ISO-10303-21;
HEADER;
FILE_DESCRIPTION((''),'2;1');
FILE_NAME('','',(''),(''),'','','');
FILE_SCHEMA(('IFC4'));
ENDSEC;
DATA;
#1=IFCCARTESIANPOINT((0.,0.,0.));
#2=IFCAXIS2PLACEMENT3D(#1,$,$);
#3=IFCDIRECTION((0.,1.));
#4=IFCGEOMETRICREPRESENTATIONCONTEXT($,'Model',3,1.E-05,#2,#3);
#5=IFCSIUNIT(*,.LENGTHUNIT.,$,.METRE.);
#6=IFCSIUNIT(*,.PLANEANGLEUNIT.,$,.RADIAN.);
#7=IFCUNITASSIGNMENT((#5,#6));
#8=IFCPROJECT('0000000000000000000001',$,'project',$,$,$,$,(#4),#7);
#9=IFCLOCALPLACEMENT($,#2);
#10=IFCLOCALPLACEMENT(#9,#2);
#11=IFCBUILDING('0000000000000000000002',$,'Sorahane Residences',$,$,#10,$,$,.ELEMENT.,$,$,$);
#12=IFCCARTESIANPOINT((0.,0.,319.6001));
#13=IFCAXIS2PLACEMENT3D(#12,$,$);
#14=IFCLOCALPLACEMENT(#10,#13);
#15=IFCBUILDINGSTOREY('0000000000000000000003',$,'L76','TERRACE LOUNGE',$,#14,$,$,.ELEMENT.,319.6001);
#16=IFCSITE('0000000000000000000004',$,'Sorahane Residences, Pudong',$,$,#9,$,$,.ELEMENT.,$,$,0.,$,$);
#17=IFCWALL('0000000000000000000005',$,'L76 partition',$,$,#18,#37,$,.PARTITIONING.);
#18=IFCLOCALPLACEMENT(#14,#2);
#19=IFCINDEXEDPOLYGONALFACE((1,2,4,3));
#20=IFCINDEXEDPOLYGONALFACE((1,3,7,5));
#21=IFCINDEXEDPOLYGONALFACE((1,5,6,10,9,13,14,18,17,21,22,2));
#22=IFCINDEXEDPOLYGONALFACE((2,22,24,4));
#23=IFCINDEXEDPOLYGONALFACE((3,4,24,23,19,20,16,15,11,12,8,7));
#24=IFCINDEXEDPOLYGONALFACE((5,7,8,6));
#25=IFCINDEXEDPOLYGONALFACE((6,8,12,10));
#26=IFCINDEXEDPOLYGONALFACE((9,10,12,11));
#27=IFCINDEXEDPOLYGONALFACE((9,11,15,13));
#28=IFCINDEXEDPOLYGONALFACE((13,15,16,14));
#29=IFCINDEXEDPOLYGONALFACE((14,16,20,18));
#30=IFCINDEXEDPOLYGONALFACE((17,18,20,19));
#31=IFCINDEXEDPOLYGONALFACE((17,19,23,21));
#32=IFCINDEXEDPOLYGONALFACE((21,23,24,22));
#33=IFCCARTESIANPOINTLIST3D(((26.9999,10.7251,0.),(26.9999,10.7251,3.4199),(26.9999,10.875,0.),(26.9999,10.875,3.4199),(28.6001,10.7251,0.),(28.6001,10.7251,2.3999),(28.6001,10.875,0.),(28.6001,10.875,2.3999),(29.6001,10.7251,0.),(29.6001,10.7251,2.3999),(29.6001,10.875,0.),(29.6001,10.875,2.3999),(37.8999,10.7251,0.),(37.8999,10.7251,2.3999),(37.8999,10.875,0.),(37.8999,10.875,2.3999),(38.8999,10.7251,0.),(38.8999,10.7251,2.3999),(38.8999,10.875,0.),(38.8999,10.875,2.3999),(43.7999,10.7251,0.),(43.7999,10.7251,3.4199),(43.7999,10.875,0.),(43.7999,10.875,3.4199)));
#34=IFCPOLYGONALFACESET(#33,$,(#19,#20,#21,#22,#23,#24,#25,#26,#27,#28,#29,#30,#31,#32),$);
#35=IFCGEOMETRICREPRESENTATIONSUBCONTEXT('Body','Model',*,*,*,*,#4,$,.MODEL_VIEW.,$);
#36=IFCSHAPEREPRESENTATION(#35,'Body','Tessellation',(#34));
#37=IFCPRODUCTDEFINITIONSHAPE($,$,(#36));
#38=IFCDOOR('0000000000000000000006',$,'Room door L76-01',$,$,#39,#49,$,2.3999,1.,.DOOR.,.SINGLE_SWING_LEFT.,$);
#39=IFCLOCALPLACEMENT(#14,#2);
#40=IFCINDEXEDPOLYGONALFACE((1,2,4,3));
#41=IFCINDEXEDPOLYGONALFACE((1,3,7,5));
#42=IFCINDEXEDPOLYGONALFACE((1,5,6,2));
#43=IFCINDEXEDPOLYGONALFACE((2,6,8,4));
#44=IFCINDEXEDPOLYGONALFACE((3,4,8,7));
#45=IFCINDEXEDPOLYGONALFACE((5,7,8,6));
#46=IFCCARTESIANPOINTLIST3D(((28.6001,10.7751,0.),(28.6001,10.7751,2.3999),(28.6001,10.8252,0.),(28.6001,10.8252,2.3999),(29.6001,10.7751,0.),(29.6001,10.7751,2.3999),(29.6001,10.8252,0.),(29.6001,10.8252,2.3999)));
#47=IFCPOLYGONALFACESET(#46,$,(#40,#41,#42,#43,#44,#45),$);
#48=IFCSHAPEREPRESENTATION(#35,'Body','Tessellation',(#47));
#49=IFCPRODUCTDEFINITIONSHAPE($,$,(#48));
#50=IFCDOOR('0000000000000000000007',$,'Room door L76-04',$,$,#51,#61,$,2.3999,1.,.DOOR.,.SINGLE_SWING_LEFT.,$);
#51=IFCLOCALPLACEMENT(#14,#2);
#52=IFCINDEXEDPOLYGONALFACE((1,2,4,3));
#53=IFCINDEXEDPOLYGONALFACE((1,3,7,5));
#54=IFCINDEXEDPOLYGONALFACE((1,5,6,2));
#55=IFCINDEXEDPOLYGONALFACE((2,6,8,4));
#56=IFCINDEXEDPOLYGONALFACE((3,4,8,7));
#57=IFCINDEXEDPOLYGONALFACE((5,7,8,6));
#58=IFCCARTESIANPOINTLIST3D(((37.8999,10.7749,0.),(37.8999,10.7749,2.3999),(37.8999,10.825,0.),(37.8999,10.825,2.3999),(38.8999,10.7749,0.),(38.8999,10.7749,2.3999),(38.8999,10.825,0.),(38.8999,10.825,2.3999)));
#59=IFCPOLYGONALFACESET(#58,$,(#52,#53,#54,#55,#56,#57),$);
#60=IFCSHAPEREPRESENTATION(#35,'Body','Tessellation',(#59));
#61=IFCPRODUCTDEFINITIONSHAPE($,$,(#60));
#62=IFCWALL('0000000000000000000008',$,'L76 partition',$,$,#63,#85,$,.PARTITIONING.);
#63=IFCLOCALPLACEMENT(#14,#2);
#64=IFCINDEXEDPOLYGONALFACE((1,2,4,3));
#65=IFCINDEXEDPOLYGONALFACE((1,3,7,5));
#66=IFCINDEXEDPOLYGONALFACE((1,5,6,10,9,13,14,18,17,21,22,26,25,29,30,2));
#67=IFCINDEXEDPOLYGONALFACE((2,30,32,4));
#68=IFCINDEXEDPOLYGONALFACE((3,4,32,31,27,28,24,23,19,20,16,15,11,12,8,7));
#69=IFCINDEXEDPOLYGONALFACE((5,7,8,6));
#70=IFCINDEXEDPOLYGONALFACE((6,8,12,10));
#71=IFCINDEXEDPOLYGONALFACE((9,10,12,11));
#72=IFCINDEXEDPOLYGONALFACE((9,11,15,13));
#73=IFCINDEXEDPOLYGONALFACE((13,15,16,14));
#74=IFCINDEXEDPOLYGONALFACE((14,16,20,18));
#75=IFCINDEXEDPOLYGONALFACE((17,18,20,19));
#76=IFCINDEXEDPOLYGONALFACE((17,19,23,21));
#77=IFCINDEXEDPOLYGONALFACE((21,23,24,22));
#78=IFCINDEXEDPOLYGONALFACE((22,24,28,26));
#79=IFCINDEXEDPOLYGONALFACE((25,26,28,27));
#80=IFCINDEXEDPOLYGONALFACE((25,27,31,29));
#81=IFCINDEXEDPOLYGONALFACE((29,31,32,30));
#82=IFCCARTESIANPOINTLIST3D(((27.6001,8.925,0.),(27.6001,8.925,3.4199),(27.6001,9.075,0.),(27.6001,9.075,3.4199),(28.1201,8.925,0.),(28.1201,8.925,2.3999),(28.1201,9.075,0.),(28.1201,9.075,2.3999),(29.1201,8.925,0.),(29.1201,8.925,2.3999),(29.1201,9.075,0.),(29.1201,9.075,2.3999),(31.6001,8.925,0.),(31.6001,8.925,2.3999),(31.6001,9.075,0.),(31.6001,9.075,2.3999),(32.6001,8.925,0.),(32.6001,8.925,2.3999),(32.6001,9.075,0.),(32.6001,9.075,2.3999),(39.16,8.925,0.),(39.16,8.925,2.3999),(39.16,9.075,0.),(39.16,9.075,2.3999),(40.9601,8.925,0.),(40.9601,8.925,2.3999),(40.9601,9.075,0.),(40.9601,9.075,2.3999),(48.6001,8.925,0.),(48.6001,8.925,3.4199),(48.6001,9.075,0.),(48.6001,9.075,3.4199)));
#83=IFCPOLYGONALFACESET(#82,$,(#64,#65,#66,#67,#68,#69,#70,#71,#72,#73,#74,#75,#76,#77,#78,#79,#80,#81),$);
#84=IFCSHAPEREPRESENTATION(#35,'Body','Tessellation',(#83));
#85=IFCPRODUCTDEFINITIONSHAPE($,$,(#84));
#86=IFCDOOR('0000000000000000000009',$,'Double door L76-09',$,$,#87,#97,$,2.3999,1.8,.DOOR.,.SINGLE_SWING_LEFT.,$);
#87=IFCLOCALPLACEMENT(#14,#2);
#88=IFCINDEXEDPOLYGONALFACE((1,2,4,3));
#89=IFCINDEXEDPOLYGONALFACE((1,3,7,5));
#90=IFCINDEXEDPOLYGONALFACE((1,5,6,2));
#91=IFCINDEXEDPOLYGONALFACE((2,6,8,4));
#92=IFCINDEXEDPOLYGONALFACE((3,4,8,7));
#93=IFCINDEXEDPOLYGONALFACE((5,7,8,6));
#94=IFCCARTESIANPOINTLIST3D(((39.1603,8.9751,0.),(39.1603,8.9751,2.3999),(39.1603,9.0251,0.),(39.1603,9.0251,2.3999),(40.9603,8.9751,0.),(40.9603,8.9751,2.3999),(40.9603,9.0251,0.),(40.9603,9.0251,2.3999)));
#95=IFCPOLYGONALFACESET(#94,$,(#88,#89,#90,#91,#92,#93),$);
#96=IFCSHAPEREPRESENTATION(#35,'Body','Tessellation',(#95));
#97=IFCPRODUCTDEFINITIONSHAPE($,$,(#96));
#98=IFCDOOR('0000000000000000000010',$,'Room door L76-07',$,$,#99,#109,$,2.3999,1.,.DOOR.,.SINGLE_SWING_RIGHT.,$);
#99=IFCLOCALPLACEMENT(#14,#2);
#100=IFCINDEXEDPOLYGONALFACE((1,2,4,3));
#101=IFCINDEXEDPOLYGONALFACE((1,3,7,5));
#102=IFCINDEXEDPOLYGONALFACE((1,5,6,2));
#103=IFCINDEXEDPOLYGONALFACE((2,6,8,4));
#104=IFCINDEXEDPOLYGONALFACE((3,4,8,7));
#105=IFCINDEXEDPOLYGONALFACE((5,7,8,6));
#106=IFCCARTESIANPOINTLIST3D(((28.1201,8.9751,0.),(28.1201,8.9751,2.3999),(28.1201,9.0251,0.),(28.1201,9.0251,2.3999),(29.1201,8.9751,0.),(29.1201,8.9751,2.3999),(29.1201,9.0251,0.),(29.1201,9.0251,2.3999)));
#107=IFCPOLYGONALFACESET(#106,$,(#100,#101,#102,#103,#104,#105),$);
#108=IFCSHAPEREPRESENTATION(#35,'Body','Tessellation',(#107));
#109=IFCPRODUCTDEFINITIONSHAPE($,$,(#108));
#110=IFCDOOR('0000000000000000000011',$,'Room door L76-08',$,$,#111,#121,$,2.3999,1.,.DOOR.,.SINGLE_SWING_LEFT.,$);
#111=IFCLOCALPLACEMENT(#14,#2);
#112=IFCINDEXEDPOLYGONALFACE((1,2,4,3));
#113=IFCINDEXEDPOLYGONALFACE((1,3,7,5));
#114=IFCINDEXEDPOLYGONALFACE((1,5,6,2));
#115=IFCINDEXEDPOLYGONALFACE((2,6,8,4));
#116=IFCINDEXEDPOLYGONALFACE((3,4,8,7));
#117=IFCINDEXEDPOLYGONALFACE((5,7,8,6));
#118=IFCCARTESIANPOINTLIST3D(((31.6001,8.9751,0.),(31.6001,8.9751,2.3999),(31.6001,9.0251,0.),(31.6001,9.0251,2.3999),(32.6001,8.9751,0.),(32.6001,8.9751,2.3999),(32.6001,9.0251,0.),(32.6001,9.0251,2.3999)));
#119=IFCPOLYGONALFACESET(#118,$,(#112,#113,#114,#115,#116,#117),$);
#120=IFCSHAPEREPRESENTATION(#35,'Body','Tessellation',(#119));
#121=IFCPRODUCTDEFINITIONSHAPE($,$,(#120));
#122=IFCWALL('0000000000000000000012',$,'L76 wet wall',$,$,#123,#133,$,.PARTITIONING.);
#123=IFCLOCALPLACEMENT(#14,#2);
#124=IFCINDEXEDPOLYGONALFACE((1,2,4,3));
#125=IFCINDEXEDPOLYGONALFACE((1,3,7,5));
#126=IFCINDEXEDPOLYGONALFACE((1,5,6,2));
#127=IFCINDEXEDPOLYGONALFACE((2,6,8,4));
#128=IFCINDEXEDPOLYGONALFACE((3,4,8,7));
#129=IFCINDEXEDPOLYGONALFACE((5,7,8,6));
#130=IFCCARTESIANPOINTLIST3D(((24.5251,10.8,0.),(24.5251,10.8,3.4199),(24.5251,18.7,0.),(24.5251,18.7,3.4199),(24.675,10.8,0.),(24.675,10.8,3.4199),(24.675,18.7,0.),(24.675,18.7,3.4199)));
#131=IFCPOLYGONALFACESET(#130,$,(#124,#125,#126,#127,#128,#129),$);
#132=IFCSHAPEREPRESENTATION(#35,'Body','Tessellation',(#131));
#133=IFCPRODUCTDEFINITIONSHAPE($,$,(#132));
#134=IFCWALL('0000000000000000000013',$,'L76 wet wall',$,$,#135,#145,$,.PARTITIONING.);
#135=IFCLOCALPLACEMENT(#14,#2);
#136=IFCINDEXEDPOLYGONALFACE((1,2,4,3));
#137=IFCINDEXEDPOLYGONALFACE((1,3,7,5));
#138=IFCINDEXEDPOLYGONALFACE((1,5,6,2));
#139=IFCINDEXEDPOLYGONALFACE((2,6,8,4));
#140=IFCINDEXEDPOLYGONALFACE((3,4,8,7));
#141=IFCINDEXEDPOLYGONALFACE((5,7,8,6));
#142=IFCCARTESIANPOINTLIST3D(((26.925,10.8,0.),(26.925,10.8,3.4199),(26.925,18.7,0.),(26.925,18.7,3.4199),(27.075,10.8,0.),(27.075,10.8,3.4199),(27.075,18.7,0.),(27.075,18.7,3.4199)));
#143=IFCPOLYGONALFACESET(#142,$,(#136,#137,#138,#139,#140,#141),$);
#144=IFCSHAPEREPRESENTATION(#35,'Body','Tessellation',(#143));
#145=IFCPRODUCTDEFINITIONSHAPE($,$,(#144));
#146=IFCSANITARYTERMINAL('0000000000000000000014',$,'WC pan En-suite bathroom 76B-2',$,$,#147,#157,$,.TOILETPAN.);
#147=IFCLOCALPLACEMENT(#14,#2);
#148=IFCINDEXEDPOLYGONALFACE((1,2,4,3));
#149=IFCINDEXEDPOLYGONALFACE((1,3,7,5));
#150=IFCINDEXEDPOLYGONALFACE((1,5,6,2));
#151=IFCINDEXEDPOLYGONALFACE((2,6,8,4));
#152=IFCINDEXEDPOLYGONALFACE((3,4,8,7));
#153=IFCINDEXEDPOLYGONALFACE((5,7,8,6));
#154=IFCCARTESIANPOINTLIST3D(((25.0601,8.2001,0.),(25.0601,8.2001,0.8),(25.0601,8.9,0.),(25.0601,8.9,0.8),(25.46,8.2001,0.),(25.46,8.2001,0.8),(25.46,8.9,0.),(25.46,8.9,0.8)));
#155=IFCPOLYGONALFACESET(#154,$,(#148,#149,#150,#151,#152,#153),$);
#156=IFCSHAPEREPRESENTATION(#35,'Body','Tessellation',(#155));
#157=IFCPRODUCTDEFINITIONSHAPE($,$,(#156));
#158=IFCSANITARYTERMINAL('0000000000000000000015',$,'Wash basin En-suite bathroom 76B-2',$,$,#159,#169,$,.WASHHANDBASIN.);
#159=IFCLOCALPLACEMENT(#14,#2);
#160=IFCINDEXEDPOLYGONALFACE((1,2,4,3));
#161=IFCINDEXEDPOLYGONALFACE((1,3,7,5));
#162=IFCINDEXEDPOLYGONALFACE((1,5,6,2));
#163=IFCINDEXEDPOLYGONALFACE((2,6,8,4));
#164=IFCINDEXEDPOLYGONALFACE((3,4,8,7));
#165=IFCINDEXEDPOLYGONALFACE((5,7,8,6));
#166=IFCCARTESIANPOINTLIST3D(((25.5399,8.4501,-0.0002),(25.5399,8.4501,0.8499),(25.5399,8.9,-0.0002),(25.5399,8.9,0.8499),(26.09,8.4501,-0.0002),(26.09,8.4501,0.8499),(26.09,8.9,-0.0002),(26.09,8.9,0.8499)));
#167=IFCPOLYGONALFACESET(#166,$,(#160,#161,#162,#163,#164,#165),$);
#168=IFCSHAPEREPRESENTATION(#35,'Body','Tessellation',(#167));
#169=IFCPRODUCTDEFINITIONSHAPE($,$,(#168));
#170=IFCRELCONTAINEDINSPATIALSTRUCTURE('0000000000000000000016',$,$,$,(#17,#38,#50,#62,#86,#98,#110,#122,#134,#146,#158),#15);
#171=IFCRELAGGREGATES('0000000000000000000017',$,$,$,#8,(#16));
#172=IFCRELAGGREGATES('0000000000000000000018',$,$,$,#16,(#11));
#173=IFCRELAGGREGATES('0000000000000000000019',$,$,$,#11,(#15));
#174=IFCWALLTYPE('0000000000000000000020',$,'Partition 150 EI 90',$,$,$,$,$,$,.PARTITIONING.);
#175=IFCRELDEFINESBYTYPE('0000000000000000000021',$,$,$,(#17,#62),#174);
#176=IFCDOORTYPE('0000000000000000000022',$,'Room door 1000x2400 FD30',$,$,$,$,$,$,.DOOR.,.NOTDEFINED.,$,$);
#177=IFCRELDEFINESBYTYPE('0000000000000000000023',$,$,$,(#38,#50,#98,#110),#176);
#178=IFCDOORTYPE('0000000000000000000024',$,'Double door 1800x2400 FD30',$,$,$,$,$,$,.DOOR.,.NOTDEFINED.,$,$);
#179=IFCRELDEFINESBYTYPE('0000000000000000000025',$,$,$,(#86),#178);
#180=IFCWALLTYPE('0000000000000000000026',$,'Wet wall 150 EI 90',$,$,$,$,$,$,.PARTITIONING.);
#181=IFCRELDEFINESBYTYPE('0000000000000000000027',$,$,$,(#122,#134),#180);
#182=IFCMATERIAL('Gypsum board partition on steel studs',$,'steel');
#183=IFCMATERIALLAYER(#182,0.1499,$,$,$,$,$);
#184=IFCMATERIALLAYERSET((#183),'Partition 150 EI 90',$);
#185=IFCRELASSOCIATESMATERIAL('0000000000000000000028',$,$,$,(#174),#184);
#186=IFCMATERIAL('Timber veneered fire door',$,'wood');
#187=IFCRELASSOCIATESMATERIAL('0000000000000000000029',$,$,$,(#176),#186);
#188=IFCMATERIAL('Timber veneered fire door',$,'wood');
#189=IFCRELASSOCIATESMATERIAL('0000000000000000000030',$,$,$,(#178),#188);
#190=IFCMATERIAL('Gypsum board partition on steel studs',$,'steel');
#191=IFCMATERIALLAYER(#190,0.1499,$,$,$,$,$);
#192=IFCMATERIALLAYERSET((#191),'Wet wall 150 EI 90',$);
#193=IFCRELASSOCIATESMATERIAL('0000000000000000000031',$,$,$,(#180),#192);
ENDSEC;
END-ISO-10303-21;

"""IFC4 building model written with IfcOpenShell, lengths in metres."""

from ifc_helpers import new_model, si_unit, direction, frame, frame_2d, origin, origin_2d, place, context, subcontext, project, spatial, rectangle, extrude, material, layer, layer_set, type_object, element, fill, save


model = new_model("IFC4")

# Units and contexts
model_context = context("Model", 3, precision=1e-05, world=origin(), true_north=direction((0.0, 1.0)))
body_context = subcontext(model_context, "Body", "Model", "MODEL_VIEW")
ifc_project = project(units=[si_unit("LENGTHUNIT", "METRE"), si_unit("PLANEANGLEUNIT", "RADIAN")], contexts=[model_context])

# Site, building, storey
site_placement = place(None, origin())
site = spatial("IfcSite", under=ifc_project, at=site_placement, Name="Sorahane Residences, Pudong", CompositionType="ELEMENT", RefElevation=0.0)
building_placement = place(site_placement, origin())
building = spatial("IfcBuilding", under=site, at=building_placement, Name="Sorahane Residences", CompositionType="ELEMENT")
storey_placement = place(building_placement, frame((0.0, 0.0, 319.6001)))
storey = spatial("IfcBuildingStorey", under=building, at=storey_placement, Name="L76", Description="TERRACE LOUNGE", CompositionType="ELEMENT", Elevation=319.6001)

# Shared definitions
ifc_material_1 = material(Name="Gypsum board partition on steel studs", Category="steel")
ifc_layer_1 = layer(ifc_material_1, 0.1499)
ifc_layer_set_1 = layer_set([ifc_layer_1], Name="Partition 150 EI 90")
wall_type_1 = type_object("IfcWallType", Name="Partition 150 EI 90", PredefinedType="PARTITIONING", material=ifc_layer_set_1)

# Walls, openings, doors
wall_1_placement = place(storey_placement, frame((27.0, 10.8, 0.0), z_axis=(0.0, 0.0, 1.0), x_axis=(1.0, 0.0, 0.0)))
wall_1 = element("IfcWall", 1, at=wall_1_placement, inside=storey, type_object=wall_type_1, Name="L76 partition", PredefinedType="PARTITIONING", context=body_context, shape_type="SweptSolid", body=[
    extrude(rectangle(XDim=16.8, YDim=0.1499, at=frame_2d((8.3999, 0.0))), origin(), (0.0, 0.0, 1.0), 3.4199),
])
opening_1_placement = place(wall_1_placement, frame((1.6001, 0.0, 0.0)))
opening_1 = element("IfcOpeningElement", 2, at=opening_1_placement, cuts=wall_1, PredefinedType="OPENING", context=body_context, shape_type="SweptSolid", body=[
    extrude(rectangle(XDim=1.0, YDim=2.3999, at=frame_2d((0.5, 1.2))), frame((0.0, 0.085, 0.0), z_axis=(0.0, -1.0, 0.0), x_axis=(1.0, 0.0, 0.0)), (0.0, 0.0, 1.0), 0.1699),
])
opening_2_placement = place(wall_1_placement, frame((10.8999, 0.0, 0.0)))
opening_2 = element("IfcOpeningElement", 3, at=opening_2_placement, cuts=wall_1, PredefinedType="OPENING", context=body_context, shape_type="SweptSolid", body=[
    extrude(rectangle(XDim=1.0, YDim=2.3999, at=frame_2d((0.5, 1.2))), frame((0.0, 0.085, 0.0), z_axis=(0.0, -1.0, 0.0), x_axis=(1.0, 0.0, 0.0)), (0.0, 0.0, 1.0), 0.1699),
])
ifc_material_2 = material(Name="Timber veneered fire door", Category="wood")
door_type_1 = type_object("IfcDoorType", Name="Room door 1000x2400 FD30", OperationType="NOTDEFINED", PredefinedType="DOOR", material=ifc_material_2)
door_1_placement = place(opening_1_placement, frame((1.0, 0.0, 0.0), z_axis=(0.0, 0.0, 1.0), x_axis=(-1.0, 0.0, 0.0)))
door_1 = element("IfcDoor", 4, at=door_1_placement, inside=storey, type_object=door_type_1, Name="Room door L76-01", OperationType="SINGLE_SWING_LEFT", OverallHeight=2.3999, OverallWidth=1.0, PredefinedType="DOOR", context=body_context, shape_type="SweptSolid", body=[
    extrude(rectangle(XDim=1.0, YDim=2.3999, at=frame_2d((0.5, 1.2))), frame((0.0, 0.0249, 0.0), z_axis=(0.0, -1.0, 0.0), x_axis=(1.0, 0.0, 0.0)), (0.0, 0.0, 1.0), 0.05),
])
fill(opening_1, door_1)
door_2_placement = place(opening_2_placement, origin())
door_2 = element("IfcDoor", 5, at=door_2_placement, inside=storey, type_object=door_type_1, Name="Room door L76-04", OperationType="SINGLE_SWING_LEFT", OverallHeight=2.3999, OverallWidth=1.0, PredefinedType="DOOR", context=body_context, shape_type="SweptSolid", body=[
    extrude(rectangle(XDim=1.0, YDim=2.3999, at=frame_2d((0.5, 1.2))), frame((0.0, 0.0249, 0.0), z_axis=(0.0, -1.0, 0.0), x_axis=(1.0, 0.0, 0.0)), (0.0, 0.0, 1.0), 0.05),
])
fill(opening_2, door_2)
wall_2_placement = place(storey_placement, frame((27.6001, 9.0, 0.0), z_axis=(0.0, 0.0, 1.0), x_axis=(1.0, 0.0, 0.0)))
wall_2 = element("IfcWall", 6, at=wall_2_placement, inside=storey, type_object=wall_type_1, Name="L76 partition", PredefinedType="PARTITIONING", context=body_context, shape_type="SweptSolid", body=[
    extrude(rectangle(XDim=21.0, YDim=0.1499, at=frame_2d((10.5, 0.0))), origin(), (0.0, 0.0, 1.0), 3.4199),
])
opening_3_placement = place(wall_2_placement, frame((0.52, 0.0, 0.0)))
opening_3 = element("IfcOpeningElement", 7, at=opening_3_placement, cuts=wall_2, PredefinedType="OPENING", context=body_context, shape_type="SweptSolid", body=[
    extrude(rectangle(XDim=1.0, YDim=2.3999, at=frame_2d((0.5, 1.2))), frame((0.0, 0.085, 0.0), z_axis=(0.0, -1.0, 0.0), x_axis=(1.0, 0.0, 0.0)), (0.0, 0.0, 1.0), 0.1699),
])
opening_4_placement = place(wall_2_placement, frame((4.0, 0.0, 0.0)))
opening_4 = element("IfcOpeningElement", 8, at=opening_4_placement, cuts=wall_2, PredefinedType="OPENING", context=body_context, shape_type="SweptSolid", body=[
    extrude(rectangle(XDim=1.0, YDim=2.3999, at=frame_2d((0.5, 1.2))), frame((0.0, 0.085, 0.0), z_axis=(0.0, -1.0, 0.0), x_axis=(1.0, 0.0, 0.0)), (0.0, 0.0, 1.0), 0.1699),
])
opening_5_placement = place(wall_2_placement, frame((11.5601, 0.0, 0.0)))
opening_5 = element("IfcOpeningElement", 9, at=opening_5_placement, cuts=wall_2, PredefinedType="OPENING", context=body_context, shape_type="SweptSolid", body=[
    extrude(rectangle(XDim=1.8, YDim=2.3999, at=frame_2d((0.8999, 1.2))), frame((0.0, 0.085, 0.0), z_axis=(0.0, -1.0, 0.0), x_axis=(1.0, 0.0, 0.0)), (0.0, 0.0, 1.0), 0.1699),
])
ifc_material_3 = material(Name="Timber veneered fire door", Category="wood")
door_type_2 = type_object("IfcDoorType", Name="Double door 1800x2400 FD30", OperationType="NOTDEFINED", PredefinedType="DOOR", material=ifc_material_3)
door_3_placement = place(opening_5_placement, frame((1.8, 0.0, 0.0), z_axis=(0.0, 0.0, 1.0), x_axis=(-1.0, 0.0, 0.0)))
door_3 = element("IfcDoor", 10, at=door_3_placement, inside=storey, type_object=door_type_2, Name="Double door L76-09", OperationType="SINGLE_SWING_LEFT", OverallHeight=2.3999, OverallWidth=1.8, PredefinedType="DOOR", context=body_context, shape_type="SweptSolid", body=[
    extrude(rectangle(XDim=1.8, YDim=2.3999, at=frame_2d((0.8999, 1.2))), frame((0.0, 0.0249, 0.0), z_axis=(0.0, -1.0, 0.0), x_axis=(1.0, 0.0, 0.0)), (0.0, 0.0, 1.0), 0.05),
])
fill(opening_5, door_3)
door_4_placement = place(opening_3_placement, frame((1.0, 0.0, 0.0), z_axis=(0.0, 0.0, 1.0), x_axis=(-1.0, 0.0, 0.0)))
door_4 = element("IfcDoor", 11, at=door_4_placement, inside=storey, type_object=door_type_1, Name="Room door L76-07", OperationType="SINGLE_SWING_RIGHT", OverallHeight=2.3999, OverallWidth=1.0, PredefinedType="DOOR", context=body_context, shape_type="SweptSolid", body=[
    extrude(rectangle(XDim=1.0, YDim=2.3999, at=frame_2d((0.5, 1.2))), frame((0.0, 0.0249, 0.0), z_axis=(0.0, -1.0, 0.0), x_axis=(1.0, 0.0, 0.0)), (0.0, 0.0, 1.0), 0.05),
])
fill(opening_3, door_4)
door_5_placement = place(opening_4_placement, frame((1.0, 0.0, 0.0), z_axis=(0.0, 0.0, 1.0), x_axis=(-1.0, 0.0, 0.0)))
door_5 = element("IfcDoor", 12, at=door_5_placement, inside=storey, type_object=door_type_1, Name="Room door L76-08", OperationType="SINGLE_SWING_LEFT", OverallHeight=2.3999, OverallWidth=1.0, PredefinedType="DOOR", context=body_context, shape_type="SweptSolid", body=[
    extrude(rectangle(XDim=1.0, YDim=2.3999, at=frame_2d((0.5, 1.2))), frame((0.0, 0.0249, 0.0), z_axis=(0.0, -1.0, 0.0), x_axis=(1.0, 0.0, 0.0)), (0.0, 0.0, 1.0), 0.05),
])
fill(opening_4, door_5)

# Walls
ifc_material_4 = material(Name="Gypsum board partition on steel studs", Category="steel")
ifc_layer_2 = layer(ifc_material_4, 0.1499)
ifc_layer_set_2 = layer_set([ifc_layer_2], Name="Wet wall 150 EI 90")
wall_type_2 = type_object("IfcWallType", Name="Wet wall 150 EI 90", PredefinedType="PARTITIONING", material=ifc_layer_set_2)
for number, where, z_axis, x_axis, name in (
    (13, (24.6001, 10.8, 0.0), (0.0, 0.0, 1.0), (0.0, 1.0, 0.0), "L76 wet wall"),
    (14, (27.0, 10.8, 0.0), (0.0, 0.0, 1.0), (0.0, 1.0, 0.0), "L76 wet wall"),
):
    element("IfcWall", number, at=place(storey_placement, frame(where, z_axis=z_axis, x_axis=x_axis)), inside=storey, type_object=wall_type_2, Name=name, PredefinedType="PARTITIONING", context=body_context, shape_type="SweptSolid", body=[
        extrude(rectangle(XDim=7.8999, YDim=0.1499, at=frame_2d((3.95, 0.0))), origin(), (0.0, 0.0, 1.0), 3.4199),
    ])

# Sanitary terminals
sanitary_terminal_1_placement = place(storey_placement, frame((25.26, 8.55, 0.0), z_axis=(0.0, 0.0, 1.0), x_axis=(1.0, 0.0, 0.0)))
element("IfcSanitaryTerminal", 15, at=sanitary_terminal_1_placement, inside=storey, Name="WC pan En-suite bathroom 76B-2", PredefinedType="TOILETPAN", context=body_context, shape_type="SweptSolid", body=[
    extrude(rectangle(XDim=0.3999, YDim=0.7, at=origin_2d()), origin(), (0.0, 0.0, 1.0), 0.8),
])
sanitary_terminal_2_placement = place(storey_placement, frame((25.8149, 8.675, -0.0002), z_axis=(0.0, 0.0, 1.0), x_axis=(1.0, 0.0, 0.0)))
element("IfcSanitaryTerminal", 16, at=sanitary_terminal_2_placement, inside=storey, Name="Wash basin En-suite bathroom 76B-2", PredefinedType="WASHHANDBASIN", context=body_context, shape_type="SweptSolid", body=[
    extrude(rectangle(XDim=0.55, YDim=0.45, at=origin_2d()), origin(), (0.0, 0.0, 1.0), 0.8501),
])

save(model, "model.ifc")
